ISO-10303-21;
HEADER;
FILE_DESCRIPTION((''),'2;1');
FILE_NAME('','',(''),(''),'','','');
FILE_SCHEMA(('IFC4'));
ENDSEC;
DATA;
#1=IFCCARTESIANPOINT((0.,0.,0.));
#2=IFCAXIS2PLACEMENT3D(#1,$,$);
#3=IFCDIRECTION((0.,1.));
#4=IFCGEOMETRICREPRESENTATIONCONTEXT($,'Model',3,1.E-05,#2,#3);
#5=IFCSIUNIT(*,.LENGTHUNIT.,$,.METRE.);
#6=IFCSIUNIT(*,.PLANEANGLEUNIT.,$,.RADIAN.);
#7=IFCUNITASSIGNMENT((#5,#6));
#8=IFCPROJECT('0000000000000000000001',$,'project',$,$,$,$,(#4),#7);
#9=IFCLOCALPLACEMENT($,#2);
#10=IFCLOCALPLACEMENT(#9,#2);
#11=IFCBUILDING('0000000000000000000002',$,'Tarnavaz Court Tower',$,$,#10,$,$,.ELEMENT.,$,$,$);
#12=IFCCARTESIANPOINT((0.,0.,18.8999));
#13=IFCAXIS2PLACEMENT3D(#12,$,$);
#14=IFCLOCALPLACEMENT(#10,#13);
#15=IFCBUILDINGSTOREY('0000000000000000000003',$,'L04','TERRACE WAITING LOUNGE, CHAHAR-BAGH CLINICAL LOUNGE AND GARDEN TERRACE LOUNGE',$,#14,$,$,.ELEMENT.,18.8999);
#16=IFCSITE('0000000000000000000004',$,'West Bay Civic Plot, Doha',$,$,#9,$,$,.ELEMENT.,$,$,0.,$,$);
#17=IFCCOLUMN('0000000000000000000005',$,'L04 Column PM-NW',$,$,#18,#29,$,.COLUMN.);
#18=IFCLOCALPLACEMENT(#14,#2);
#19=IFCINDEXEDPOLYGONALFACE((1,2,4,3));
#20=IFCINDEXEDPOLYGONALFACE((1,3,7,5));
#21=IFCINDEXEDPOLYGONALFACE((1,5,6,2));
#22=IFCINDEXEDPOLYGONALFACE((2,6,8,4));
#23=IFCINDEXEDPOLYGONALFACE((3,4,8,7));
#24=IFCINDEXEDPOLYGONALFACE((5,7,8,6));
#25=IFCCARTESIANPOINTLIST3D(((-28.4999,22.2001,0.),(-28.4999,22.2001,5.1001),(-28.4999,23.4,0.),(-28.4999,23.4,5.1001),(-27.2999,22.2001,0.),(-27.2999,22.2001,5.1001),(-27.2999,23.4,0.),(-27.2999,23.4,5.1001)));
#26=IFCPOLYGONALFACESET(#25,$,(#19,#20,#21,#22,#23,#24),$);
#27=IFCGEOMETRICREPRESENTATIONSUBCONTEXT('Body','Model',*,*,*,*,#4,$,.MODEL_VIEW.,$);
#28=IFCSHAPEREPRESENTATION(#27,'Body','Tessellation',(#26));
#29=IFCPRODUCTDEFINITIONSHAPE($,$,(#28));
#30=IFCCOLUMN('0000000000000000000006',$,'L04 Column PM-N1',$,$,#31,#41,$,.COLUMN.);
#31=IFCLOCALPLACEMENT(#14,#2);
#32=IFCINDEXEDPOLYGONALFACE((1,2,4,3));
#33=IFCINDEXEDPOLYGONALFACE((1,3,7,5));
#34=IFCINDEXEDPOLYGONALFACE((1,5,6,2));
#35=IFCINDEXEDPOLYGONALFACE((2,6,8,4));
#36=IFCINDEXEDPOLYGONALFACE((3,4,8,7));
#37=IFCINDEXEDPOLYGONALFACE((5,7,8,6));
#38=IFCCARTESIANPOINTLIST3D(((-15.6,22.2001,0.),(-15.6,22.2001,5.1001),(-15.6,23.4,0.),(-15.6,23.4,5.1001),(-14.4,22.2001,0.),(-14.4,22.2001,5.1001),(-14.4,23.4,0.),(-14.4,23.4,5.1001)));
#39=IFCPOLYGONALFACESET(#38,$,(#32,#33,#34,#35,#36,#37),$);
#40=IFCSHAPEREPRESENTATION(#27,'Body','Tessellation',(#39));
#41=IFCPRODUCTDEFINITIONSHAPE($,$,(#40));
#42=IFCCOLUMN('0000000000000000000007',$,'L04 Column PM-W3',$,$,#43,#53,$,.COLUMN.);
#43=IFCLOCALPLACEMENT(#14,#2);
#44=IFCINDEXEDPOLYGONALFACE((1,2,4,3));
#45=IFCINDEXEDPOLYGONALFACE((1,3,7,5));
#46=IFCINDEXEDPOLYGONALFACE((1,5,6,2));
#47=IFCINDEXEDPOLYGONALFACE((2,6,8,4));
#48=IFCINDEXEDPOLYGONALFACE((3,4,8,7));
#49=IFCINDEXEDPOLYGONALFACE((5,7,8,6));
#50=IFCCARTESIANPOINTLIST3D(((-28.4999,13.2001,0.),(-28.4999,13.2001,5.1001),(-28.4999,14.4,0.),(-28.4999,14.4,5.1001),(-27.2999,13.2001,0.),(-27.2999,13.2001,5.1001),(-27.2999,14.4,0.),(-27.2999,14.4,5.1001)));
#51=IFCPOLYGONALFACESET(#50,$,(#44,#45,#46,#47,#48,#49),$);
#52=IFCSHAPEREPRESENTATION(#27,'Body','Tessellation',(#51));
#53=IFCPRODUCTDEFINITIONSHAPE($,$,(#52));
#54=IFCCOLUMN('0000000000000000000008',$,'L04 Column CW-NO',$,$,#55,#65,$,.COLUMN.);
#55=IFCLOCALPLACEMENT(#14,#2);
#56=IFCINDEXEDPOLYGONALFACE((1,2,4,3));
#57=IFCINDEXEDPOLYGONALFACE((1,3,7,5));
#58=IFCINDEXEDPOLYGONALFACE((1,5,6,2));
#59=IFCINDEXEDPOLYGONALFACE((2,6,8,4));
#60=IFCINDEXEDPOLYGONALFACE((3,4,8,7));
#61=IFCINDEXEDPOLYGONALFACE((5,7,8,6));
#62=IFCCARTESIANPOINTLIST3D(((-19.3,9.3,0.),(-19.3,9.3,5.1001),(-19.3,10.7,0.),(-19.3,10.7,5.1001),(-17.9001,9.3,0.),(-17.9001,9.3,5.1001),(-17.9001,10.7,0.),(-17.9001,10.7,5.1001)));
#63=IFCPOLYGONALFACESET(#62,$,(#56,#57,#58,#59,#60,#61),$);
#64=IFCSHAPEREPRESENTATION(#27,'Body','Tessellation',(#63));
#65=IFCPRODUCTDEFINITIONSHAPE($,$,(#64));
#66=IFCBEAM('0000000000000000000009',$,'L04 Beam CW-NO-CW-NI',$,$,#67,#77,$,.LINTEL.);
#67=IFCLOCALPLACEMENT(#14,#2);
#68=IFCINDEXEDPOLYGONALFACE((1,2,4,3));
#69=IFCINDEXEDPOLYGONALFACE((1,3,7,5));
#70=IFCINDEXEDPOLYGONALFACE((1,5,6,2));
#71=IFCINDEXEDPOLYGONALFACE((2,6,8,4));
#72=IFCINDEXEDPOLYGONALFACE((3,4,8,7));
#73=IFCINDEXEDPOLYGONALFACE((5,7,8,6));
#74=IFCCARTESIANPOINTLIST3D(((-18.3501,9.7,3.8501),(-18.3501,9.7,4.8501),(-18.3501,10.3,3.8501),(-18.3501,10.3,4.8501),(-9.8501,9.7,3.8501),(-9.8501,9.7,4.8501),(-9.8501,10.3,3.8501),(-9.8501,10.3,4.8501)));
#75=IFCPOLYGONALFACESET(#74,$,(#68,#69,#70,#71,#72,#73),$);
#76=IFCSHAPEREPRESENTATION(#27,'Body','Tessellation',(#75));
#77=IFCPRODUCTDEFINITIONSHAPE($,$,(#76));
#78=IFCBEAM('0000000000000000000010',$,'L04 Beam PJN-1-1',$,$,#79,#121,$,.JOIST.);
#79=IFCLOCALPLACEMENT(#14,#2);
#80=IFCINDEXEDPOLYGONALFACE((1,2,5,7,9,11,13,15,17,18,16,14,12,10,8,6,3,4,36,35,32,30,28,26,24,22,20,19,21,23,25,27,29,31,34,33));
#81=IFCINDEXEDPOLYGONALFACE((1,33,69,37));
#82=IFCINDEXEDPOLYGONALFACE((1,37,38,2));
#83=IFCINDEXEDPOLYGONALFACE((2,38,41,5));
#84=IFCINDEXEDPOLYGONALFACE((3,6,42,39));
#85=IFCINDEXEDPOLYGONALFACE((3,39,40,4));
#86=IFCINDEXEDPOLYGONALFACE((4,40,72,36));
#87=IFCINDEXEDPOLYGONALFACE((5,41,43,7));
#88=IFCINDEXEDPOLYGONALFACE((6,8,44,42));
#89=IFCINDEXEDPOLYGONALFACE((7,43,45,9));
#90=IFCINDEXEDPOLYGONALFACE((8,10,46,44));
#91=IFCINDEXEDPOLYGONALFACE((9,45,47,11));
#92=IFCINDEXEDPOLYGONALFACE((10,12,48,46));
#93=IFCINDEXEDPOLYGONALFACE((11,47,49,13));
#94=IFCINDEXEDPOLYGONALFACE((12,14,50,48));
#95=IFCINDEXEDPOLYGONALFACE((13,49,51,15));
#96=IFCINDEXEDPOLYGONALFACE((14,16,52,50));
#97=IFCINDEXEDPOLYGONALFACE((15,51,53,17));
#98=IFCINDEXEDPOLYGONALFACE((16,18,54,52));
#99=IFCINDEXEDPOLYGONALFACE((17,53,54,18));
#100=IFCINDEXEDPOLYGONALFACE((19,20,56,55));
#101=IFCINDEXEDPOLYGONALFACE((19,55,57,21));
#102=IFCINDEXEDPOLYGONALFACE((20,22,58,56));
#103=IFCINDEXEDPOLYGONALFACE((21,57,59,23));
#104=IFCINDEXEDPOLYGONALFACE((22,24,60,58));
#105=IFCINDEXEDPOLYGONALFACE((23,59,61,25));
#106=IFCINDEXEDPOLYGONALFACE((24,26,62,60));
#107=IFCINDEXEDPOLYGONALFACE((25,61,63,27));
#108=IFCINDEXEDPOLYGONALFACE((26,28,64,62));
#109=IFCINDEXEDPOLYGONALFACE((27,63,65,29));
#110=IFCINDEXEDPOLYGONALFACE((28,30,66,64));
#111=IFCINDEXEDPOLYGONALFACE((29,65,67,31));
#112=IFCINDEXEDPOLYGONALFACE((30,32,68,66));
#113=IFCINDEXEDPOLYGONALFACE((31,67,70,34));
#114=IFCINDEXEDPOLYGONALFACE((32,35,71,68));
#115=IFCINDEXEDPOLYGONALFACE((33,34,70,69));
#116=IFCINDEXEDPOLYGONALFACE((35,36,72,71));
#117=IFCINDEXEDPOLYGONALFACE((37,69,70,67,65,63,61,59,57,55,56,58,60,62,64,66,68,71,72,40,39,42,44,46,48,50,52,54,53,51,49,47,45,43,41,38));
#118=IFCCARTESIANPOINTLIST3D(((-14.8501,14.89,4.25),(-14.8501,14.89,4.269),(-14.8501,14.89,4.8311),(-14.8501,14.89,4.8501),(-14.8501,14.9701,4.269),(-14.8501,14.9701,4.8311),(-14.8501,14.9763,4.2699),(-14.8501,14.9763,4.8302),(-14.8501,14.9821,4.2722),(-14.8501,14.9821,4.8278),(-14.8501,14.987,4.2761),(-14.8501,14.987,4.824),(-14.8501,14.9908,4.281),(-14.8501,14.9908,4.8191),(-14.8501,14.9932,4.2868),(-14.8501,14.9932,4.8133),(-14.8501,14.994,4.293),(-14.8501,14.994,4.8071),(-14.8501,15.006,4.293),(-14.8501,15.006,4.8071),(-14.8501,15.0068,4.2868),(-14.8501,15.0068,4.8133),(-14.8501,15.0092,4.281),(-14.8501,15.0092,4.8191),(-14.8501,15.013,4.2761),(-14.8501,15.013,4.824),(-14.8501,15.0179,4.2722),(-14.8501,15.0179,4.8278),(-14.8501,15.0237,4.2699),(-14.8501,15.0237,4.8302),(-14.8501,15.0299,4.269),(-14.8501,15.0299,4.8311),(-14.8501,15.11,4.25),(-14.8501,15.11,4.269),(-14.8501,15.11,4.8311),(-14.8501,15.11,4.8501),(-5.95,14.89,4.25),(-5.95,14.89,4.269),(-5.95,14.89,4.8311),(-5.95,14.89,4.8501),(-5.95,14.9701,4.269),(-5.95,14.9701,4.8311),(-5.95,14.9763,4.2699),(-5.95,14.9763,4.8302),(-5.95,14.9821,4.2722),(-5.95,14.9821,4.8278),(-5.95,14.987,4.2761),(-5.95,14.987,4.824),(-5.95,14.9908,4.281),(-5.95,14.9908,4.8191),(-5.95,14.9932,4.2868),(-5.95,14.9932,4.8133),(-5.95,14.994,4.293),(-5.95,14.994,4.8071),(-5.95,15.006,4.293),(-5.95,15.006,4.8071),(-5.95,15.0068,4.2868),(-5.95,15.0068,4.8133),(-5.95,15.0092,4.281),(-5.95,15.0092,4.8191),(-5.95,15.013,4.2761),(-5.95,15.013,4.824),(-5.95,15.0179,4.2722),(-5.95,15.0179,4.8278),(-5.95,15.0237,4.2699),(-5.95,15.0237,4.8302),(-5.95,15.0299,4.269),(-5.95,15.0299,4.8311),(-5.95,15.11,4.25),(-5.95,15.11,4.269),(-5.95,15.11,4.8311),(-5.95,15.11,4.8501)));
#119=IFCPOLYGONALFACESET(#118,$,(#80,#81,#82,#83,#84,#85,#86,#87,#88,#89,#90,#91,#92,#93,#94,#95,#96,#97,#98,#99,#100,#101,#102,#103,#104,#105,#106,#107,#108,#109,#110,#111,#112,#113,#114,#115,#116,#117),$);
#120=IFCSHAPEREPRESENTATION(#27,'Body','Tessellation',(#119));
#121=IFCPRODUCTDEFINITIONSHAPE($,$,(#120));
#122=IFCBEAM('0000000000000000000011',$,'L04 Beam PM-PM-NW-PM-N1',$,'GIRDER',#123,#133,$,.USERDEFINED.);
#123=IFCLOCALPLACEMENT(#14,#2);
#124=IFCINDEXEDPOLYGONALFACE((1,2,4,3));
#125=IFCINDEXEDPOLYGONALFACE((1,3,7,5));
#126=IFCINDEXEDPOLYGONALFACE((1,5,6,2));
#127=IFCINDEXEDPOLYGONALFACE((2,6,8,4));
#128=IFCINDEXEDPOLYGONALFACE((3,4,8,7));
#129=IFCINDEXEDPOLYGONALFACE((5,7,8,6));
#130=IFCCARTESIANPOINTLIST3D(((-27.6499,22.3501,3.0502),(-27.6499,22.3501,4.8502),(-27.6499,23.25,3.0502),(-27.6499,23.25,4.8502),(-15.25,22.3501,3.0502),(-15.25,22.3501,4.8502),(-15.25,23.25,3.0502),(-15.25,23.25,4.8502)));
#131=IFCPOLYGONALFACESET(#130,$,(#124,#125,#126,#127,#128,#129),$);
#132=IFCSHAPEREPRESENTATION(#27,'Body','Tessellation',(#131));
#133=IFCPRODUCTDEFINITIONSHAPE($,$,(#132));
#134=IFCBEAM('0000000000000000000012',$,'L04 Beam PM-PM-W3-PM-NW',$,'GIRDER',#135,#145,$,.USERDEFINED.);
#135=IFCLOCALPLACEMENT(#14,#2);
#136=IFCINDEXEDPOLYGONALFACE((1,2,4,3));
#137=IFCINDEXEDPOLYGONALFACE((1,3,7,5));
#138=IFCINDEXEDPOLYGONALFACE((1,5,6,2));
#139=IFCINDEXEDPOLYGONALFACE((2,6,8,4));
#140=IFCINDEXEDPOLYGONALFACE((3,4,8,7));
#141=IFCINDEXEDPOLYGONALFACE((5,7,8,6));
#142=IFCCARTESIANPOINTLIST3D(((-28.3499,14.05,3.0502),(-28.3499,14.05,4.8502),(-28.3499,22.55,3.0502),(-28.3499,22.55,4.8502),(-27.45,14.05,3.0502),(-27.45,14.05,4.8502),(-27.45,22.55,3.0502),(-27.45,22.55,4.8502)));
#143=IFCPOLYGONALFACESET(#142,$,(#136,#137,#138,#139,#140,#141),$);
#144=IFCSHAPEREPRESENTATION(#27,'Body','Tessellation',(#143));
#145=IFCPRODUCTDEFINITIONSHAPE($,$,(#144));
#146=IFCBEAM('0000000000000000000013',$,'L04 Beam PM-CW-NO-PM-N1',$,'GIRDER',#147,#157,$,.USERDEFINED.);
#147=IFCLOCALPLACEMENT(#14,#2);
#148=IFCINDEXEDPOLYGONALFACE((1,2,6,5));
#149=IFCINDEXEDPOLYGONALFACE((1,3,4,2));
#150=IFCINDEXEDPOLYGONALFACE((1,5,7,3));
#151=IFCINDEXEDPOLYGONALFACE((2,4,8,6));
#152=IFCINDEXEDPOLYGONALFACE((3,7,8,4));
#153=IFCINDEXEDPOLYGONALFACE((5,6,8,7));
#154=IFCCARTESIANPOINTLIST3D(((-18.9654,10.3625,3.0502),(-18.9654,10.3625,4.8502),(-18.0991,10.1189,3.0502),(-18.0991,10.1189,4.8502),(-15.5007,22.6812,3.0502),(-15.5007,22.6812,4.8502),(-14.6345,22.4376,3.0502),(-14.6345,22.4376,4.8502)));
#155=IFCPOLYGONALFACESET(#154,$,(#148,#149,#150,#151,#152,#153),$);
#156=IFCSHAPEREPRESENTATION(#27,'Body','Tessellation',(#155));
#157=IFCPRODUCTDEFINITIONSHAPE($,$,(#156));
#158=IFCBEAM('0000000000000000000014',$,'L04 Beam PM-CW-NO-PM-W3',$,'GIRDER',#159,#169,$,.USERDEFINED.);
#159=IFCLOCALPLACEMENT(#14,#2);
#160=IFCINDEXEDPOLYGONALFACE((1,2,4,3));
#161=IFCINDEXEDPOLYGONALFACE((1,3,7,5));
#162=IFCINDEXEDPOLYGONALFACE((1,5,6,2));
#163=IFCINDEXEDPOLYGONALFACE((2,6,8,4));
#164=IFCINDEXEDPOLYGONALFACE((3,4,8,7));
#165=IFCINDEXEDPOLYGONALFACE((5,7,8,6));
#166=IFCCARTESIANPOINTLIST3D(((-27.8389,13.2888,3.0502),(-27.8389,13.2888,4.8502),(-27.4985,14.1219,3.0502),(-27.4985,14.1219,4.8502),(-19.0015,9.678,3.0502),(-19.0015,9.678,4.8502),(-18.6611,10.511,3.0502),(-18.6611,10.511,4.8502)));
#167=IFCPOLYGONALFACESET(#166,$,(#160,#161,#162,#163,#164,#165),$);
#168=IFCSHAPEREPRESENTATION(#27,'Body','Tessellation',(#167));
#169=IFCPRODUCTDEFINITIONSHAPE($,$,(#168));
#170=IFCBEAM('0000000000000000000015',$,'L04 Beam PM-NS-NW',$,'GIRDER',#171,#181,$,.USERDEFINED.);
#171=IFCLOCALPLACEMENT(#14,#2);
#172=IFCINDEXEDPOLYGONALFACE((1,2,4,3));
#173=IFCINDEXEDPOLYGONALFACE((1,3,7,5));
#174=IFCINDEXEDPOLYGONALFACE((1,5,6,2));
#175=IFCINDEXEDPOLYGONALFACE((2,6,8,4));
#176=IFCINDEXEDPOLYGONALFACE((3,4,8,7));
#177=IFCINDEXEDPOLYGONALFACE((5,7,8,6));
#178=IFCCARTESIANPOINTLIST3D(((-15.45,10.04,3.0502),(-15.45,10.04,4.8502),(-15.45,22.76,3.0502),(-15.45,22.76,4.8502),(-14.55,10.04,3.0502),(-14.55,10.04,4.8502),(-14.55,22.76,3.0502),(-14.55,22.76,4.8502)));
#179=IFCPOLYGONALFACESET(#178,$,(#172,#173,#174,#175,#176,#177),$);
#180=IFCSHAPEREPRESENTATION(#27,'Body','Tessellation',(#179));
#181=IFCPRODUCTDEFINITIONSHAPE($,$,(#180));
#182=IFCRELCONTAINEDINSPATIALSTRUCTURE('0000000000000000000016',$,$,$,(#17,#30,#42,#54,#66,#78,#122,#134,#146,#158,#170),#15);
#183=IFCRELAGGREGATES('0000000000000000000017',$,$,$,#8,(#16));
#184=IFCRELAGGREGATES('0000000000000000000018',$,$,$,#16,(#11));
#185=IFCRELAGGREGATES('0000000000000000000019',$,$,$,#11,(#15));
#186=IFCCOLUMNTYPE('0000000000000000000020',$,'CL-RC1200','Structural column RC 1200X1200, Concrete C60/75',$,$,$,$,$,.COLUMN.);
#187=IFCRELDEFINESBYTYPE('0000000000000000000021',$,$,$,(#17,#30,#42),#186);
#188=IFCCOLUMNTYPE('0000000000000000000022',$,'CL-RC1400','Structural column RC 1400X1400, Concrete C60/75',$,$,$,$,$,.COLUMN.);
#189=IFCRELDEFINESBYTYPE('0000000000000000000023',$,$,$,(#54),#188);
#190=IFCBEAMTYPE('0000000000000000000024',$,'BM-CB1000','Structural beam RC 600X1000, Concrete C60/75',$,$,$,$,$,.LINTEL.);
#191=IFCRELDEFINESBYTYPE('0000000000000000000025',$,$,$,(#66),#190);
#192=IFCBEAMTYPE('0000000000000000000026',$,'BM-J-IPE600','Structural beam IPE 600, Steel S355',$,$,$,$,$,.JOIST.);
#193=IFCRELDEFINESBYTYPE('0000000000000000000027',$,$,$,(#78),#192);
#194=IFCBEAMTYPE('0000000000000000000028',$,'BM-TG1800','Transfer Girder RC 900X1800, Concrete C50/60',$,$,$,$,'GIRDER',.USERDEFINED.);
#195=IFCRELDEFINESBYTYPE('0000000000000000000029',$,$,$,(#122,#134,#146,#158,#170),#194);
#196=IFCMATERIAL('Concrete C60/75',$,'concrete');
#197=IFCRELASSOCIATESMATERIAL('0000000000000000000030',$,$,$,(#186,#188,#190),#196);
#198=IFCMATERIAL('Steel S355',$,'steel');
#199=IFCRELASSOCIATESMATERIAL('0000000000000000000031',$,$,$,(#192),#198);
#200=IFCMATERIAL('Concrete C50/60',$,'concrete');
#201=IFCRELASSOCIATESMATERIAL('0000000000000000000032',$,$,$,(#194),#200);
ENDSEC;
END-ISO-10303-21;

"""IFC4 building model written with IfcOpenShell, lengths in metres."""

from ifc_helpers import new_model, si_unit, direction, frame, origin, origin_2d, place, context, subcontext, project, spatial, rectangle, i_section, extrude, material, material_profile, profile_set, type_object, element, save


model = new_model("IFC4")

# Units and contexts
model_context = context("Model", 3, precision=1e-05, world=origin(), true_north=direction((0.0, 1.0)))
body_context = subcontext(model_context, "Body", "Model", "MODEL_VIEW")
ifc_project = project(units=[si_unit("LENGTHUNIT", "METRE"), si_unit("PLANEANGLEUNIT", "RADIAN")], contexts=[model_context])

# Site, building, storey
site_placement = place(None, origin())
site = spatial("IfcSite", under=ifc_project, at=site_placement, Name="West Bay Civic Plot, Doha", CompositionType="ELEMENT", RefElevation=0.0)
building_placement = place(site_placement, origin())
building = spatial("IfcBuilding", under=site, at=building_placement, Name="Tarnavaz Court Tower", CompositionType="ELEMENT")
storey_placement = place(building_placement, frame((0.0, 0.0, 18.8999)))
storey = spatial("IfcBuildingStorey", under=building, at=storey_placement, Name="L04", Description="TERRACE WAITING LOUNGE, CHAHAR-BAGH CLINICAL LOUNGE AND GARDEN TERRACE LOUNGE", CompositionType="ELEMENT", Elevation=18.8999)

# Columns
ifc_material_1 = material(Name="Concrete C60/75", Category="concrete")
ifc_material_profile_1 = material_profile(ifc_material_1, rectangle(XDim=1.2, YDim=1.2, at=origin_2d()), Name="RC 1200X1200")
ifc_profile_set_1 = profile_set([ifc_material_profile_1], Name="Concrete C60/75")
column_type_1 = type_object("IfcColumnType", Name="CL-RC1200", Description="Structural column RC 1200X1200, Concrete C60/75", PredefinedType="COLUMN", material=ifc_profile_set_1)
for number, where, z_axis, x_axis, name in (
    (1, (-27.8999, 22.8, 0.0), (0.0, 0.0, 1.0), (1.0, 0.0, 0.0), "L04 Column PM-NW"),
    (2, (-15.0, 22.8, 0.0), (0.0, 0.0, 1.0), (1.0, 0.0, 0.0), "L04 Column PM-N1"),
    (3, (-27.8999, 13.8, 0.0), (0.0, 0.0, 1.0), (1.0, 0.0, 0.0), "L04 Column PM-W3"),
):
    element("IfcColumn", number, at=place(storey_placement, frame(where, z_axis=z_axis, x_axis=x_axis)), inside=storey, type_object=column_type_1, Name=name, PredefinedType="COLUMN", context=body_context, shape_type="SweptSolid", body=[
        extrude(rectangle(XDim=1.2, YDim=1.2, at=origin_2d()), origin(), (0.0, 0.0, 1.0), 5.1001),
    ])
ifc_material_profile_2 = material_profile(ifc_material_1, rectangle(XDim=1.3999, YDim=1.3999, at=origin_2d()), Name="RC 1400X1400")
ifc_profile_set_2 = profile_set([ifc_material_profile_2], Name="Concrete C60/75")
column_type_2 = type_object("IfcColumnType", Name="CL-RC1400", Description="Structural column RC 1400X1400, Concrete C60/75", PredefinedType="COLUMN", material=ifc_profile_set_2)
column_placement = place(storey_placement, frame((-18.6001, 10.0, 0.0), z_axis=(0.0, 0.0, 1.0), x_axis=(1.0, 0.0, 0.0)))
element("IfcColumn", 4, at=column_placement, inside=storey, type_object=column_type_2, Name="L04 Column CW-NO", PredefinedType="COLUMN", context=body_context, shape_type="SweptSolid", body=[
    extrude(rectangle(XDim=1.3999, YDim=1.3999, at=origin_2d()), origin(), (0.0, 0.0, 1.0), 5.1001),
])

# Beams
ifc_material_profile_3 = material_profile(ifc_material_1, rectangle(XDim=0.6001, YDim=1.0, at=origin_2d()), Name="RC 600X1000")
ifc_profile_set_3 = profile_set([ifc_material_profile_3], Name="Concrete C60/75")
beam_type_1 = type_object("IfcBeamType", Name="BM-CB1000", Description="Structural beam RC 600X1000, Concrete C60/75", PredefinedType="LINTEL", material=ifc_profile_set_3)
beam_1_placement = place(storey_placement, frame((-18.3501, 10.0, 4.3501), z_axis=(1.0, 0.0, 0.0), x_axis=(0.0, 1.0, 0.0)))
element("IfcBeam", 5, at=beam_1_placement, inside=storey, type_object=beam_type_1, Name="L04 Beam CW-NO-CW-NI", PredefinedType="LINTEL", context=body_context, shape_type="SweptSolid", body=[
    extrude(rectangle(XDim=0.6001, YDim=1.0, at=origin_2d()), origin(), (0.0, 0.0, 1.0), 8.5),
])
ifc_material_2 = material(Name="Steel S355", Category="steel")
ifc_material_profile_4 = material_profile(ifc_material_2, i_section(OverallWidth=0.22, OverallDepth=0.6001, WebThickness=0.012, FlangeThickness=0.019, FilletRadius=0.0239, at=origin_2d()), Name="IPE 600")
ifc_profile_set_4 = profile_set([ifc_material_profile_4], Name="Steel S355")
beam_type_2 = type_object("IfcBeamType", Name="BM-J-IPE600", Description="Structural beam IPE 600, Steel S355", PredefinedType="JOIST", material=ifc_profile_set_4)
beam_2_placement = place(storey_placement, frame((-14.8501, 15.0, 4.55), z_axis=(1.0, 0.0, 0.0), x_axis=(0.0, 1.0, 0.0)))
element("IfcBeam", 6, at=beam_2_placement, inside=storey, type_object=beam_type_2, Name="L04 Beam PJN-1-1", PredefinedType="JOIST", context=body_context, shape_type="SweptSolid", body=[
    extrude(i_section(OverallWidth=0.22, OverallDepth=0.6001, WebThickness=0.012, FlangeThickness=0.019, FilletRadius=0.0239, at=origin_2d()), origin(), (0.0, 0.0, 1.0), 8.9001),
])
ifc_material_3 = material(Name="Concrete C50/60", Category="concrete")
ifc_material_profile_5 = material_profile(ifc_material_3, rectangle(XDim=0.8999, YDim=1.8, at=origin_2d()), Name="RC 900X1800")
ifc_profile_set_5 = profile_set([ifc_material_profile_5], Name="Concrete C50/60")
beam_type_3 = type_object("IfcBeamType", Name="BM-TG1800", Description="Transfer Girder RC 900X1800, Concrete C50/60", ElementType="GIRDER", PredefinedType="USERDEFINED", material=ifc_profile_set_5)
beam_3_placement = place(storey_placement, frame((-27.6499, 22.8, 3.9502), z_axis=(1.0, 0.0, 0.0), x_axis=(0.0, 1.0, 0.0)))
element("IfcBeam", 7, at=beam_3_placement, inside=storey, type_object=beam_type_3, Name="L04 Beam PM-PM-NW-PM-N1", ObjectType="GIRDER", PredefinedType="USERDEFINED", context=body_context, shape_type="SweptSolid", body=[
    extrude(rectangle(XDim=0.8999, YDim=1.8, at=origin_2d()), origin(), (0.0, 0.0, 1.0), 12.3999),
])
beam_4_placement = place(storey_placement, frame((-27.8999, 14.05, 3.9502), z_axis=(0.0, 1.0, 0.0), x_axis=(-1.0, 0.0, 0.0)))
element("IfcBeam", 8, at=beam_4_placement, inside=storey, type_object=beam_type_3, Name="L04 Beam PM-PM-W3-PM-NW", ObjectType="GIRDER", PredefinedType="USERDEFINED", context=body_context, shape_type="SweptSolid", body=[
    extrude(rectangle(XDim=0.8999, YDim=1.8, at=origin_2d()), origin(), (0.0, 0.0, 1.0), 8.5),
])
beam_5_placement = place(storey_placement, frame((-18.5322, 10.2407, 3.9502), z_axis=(0.270745, 0.962651, 0.0), x_axis=(-0.962651, 0.270745, 0.0)))
element("IfcBeam", 9, at=beam_5_placement, inside=storey, type_object=beam_type_3, Name="L04 Beam PM-CW-NO-PM-N1", ObjectType="GIRDER", PredefinedType="USERDEFINED", context=body_context, shape_type="SweptSolid", body=[
    extrude(rectangle(XDim=0.8999, YDim=1.8, at=origin_2d()), origin(), (0.0, 0.0, 1.0), 12.7966),
])
beam_6_placement = place(storey_placement, frame((-18.8313, 10.0945, 3.9502), z_axis=(-0.925711, 0.378233, 0.0), x_axis=(-0.378233, -0.925711, 0.0)))
element("IfcBeam", 10, at=beam_6_placement, inside=storey, type_object=beam_type_3, Name="L04 Beam PM-CW-NO-PM-W3", ObjectType="GIRDER", PredefinedType="USERDEFINED", context=body_context, shape_type="SweptSolid", body=[
    extrude(rectangle(XDim=0.8999, YDim=1.8, at=origin_2d()), origin(), (0.0, 0.0, 1.0), 9.5466),
])
beam_7_placement = place(storey_placement, frame((-15.0, 10.04, 3.9502), z_axis=(0.0, 1.0, 0.0), x_axis=(-1.0, 0.0, 0.0)))
element("IfcBeam", 11, at=beam_7_placement, inside=storey, type_object=beam_type_3, Name="L04 Beam PM-NS-NW", ObjectType="GIRDER", PredefinedType="USERDEFINED", context=body_context, shape_type="SweptSolid", body=[
    extrude(rectangle(XDim=0.8999, YDim=1.8, at=origin_2d()), origin(), (0.0, 0.0, 1.0), 12.72),
])

save(model, "model.ifc")
